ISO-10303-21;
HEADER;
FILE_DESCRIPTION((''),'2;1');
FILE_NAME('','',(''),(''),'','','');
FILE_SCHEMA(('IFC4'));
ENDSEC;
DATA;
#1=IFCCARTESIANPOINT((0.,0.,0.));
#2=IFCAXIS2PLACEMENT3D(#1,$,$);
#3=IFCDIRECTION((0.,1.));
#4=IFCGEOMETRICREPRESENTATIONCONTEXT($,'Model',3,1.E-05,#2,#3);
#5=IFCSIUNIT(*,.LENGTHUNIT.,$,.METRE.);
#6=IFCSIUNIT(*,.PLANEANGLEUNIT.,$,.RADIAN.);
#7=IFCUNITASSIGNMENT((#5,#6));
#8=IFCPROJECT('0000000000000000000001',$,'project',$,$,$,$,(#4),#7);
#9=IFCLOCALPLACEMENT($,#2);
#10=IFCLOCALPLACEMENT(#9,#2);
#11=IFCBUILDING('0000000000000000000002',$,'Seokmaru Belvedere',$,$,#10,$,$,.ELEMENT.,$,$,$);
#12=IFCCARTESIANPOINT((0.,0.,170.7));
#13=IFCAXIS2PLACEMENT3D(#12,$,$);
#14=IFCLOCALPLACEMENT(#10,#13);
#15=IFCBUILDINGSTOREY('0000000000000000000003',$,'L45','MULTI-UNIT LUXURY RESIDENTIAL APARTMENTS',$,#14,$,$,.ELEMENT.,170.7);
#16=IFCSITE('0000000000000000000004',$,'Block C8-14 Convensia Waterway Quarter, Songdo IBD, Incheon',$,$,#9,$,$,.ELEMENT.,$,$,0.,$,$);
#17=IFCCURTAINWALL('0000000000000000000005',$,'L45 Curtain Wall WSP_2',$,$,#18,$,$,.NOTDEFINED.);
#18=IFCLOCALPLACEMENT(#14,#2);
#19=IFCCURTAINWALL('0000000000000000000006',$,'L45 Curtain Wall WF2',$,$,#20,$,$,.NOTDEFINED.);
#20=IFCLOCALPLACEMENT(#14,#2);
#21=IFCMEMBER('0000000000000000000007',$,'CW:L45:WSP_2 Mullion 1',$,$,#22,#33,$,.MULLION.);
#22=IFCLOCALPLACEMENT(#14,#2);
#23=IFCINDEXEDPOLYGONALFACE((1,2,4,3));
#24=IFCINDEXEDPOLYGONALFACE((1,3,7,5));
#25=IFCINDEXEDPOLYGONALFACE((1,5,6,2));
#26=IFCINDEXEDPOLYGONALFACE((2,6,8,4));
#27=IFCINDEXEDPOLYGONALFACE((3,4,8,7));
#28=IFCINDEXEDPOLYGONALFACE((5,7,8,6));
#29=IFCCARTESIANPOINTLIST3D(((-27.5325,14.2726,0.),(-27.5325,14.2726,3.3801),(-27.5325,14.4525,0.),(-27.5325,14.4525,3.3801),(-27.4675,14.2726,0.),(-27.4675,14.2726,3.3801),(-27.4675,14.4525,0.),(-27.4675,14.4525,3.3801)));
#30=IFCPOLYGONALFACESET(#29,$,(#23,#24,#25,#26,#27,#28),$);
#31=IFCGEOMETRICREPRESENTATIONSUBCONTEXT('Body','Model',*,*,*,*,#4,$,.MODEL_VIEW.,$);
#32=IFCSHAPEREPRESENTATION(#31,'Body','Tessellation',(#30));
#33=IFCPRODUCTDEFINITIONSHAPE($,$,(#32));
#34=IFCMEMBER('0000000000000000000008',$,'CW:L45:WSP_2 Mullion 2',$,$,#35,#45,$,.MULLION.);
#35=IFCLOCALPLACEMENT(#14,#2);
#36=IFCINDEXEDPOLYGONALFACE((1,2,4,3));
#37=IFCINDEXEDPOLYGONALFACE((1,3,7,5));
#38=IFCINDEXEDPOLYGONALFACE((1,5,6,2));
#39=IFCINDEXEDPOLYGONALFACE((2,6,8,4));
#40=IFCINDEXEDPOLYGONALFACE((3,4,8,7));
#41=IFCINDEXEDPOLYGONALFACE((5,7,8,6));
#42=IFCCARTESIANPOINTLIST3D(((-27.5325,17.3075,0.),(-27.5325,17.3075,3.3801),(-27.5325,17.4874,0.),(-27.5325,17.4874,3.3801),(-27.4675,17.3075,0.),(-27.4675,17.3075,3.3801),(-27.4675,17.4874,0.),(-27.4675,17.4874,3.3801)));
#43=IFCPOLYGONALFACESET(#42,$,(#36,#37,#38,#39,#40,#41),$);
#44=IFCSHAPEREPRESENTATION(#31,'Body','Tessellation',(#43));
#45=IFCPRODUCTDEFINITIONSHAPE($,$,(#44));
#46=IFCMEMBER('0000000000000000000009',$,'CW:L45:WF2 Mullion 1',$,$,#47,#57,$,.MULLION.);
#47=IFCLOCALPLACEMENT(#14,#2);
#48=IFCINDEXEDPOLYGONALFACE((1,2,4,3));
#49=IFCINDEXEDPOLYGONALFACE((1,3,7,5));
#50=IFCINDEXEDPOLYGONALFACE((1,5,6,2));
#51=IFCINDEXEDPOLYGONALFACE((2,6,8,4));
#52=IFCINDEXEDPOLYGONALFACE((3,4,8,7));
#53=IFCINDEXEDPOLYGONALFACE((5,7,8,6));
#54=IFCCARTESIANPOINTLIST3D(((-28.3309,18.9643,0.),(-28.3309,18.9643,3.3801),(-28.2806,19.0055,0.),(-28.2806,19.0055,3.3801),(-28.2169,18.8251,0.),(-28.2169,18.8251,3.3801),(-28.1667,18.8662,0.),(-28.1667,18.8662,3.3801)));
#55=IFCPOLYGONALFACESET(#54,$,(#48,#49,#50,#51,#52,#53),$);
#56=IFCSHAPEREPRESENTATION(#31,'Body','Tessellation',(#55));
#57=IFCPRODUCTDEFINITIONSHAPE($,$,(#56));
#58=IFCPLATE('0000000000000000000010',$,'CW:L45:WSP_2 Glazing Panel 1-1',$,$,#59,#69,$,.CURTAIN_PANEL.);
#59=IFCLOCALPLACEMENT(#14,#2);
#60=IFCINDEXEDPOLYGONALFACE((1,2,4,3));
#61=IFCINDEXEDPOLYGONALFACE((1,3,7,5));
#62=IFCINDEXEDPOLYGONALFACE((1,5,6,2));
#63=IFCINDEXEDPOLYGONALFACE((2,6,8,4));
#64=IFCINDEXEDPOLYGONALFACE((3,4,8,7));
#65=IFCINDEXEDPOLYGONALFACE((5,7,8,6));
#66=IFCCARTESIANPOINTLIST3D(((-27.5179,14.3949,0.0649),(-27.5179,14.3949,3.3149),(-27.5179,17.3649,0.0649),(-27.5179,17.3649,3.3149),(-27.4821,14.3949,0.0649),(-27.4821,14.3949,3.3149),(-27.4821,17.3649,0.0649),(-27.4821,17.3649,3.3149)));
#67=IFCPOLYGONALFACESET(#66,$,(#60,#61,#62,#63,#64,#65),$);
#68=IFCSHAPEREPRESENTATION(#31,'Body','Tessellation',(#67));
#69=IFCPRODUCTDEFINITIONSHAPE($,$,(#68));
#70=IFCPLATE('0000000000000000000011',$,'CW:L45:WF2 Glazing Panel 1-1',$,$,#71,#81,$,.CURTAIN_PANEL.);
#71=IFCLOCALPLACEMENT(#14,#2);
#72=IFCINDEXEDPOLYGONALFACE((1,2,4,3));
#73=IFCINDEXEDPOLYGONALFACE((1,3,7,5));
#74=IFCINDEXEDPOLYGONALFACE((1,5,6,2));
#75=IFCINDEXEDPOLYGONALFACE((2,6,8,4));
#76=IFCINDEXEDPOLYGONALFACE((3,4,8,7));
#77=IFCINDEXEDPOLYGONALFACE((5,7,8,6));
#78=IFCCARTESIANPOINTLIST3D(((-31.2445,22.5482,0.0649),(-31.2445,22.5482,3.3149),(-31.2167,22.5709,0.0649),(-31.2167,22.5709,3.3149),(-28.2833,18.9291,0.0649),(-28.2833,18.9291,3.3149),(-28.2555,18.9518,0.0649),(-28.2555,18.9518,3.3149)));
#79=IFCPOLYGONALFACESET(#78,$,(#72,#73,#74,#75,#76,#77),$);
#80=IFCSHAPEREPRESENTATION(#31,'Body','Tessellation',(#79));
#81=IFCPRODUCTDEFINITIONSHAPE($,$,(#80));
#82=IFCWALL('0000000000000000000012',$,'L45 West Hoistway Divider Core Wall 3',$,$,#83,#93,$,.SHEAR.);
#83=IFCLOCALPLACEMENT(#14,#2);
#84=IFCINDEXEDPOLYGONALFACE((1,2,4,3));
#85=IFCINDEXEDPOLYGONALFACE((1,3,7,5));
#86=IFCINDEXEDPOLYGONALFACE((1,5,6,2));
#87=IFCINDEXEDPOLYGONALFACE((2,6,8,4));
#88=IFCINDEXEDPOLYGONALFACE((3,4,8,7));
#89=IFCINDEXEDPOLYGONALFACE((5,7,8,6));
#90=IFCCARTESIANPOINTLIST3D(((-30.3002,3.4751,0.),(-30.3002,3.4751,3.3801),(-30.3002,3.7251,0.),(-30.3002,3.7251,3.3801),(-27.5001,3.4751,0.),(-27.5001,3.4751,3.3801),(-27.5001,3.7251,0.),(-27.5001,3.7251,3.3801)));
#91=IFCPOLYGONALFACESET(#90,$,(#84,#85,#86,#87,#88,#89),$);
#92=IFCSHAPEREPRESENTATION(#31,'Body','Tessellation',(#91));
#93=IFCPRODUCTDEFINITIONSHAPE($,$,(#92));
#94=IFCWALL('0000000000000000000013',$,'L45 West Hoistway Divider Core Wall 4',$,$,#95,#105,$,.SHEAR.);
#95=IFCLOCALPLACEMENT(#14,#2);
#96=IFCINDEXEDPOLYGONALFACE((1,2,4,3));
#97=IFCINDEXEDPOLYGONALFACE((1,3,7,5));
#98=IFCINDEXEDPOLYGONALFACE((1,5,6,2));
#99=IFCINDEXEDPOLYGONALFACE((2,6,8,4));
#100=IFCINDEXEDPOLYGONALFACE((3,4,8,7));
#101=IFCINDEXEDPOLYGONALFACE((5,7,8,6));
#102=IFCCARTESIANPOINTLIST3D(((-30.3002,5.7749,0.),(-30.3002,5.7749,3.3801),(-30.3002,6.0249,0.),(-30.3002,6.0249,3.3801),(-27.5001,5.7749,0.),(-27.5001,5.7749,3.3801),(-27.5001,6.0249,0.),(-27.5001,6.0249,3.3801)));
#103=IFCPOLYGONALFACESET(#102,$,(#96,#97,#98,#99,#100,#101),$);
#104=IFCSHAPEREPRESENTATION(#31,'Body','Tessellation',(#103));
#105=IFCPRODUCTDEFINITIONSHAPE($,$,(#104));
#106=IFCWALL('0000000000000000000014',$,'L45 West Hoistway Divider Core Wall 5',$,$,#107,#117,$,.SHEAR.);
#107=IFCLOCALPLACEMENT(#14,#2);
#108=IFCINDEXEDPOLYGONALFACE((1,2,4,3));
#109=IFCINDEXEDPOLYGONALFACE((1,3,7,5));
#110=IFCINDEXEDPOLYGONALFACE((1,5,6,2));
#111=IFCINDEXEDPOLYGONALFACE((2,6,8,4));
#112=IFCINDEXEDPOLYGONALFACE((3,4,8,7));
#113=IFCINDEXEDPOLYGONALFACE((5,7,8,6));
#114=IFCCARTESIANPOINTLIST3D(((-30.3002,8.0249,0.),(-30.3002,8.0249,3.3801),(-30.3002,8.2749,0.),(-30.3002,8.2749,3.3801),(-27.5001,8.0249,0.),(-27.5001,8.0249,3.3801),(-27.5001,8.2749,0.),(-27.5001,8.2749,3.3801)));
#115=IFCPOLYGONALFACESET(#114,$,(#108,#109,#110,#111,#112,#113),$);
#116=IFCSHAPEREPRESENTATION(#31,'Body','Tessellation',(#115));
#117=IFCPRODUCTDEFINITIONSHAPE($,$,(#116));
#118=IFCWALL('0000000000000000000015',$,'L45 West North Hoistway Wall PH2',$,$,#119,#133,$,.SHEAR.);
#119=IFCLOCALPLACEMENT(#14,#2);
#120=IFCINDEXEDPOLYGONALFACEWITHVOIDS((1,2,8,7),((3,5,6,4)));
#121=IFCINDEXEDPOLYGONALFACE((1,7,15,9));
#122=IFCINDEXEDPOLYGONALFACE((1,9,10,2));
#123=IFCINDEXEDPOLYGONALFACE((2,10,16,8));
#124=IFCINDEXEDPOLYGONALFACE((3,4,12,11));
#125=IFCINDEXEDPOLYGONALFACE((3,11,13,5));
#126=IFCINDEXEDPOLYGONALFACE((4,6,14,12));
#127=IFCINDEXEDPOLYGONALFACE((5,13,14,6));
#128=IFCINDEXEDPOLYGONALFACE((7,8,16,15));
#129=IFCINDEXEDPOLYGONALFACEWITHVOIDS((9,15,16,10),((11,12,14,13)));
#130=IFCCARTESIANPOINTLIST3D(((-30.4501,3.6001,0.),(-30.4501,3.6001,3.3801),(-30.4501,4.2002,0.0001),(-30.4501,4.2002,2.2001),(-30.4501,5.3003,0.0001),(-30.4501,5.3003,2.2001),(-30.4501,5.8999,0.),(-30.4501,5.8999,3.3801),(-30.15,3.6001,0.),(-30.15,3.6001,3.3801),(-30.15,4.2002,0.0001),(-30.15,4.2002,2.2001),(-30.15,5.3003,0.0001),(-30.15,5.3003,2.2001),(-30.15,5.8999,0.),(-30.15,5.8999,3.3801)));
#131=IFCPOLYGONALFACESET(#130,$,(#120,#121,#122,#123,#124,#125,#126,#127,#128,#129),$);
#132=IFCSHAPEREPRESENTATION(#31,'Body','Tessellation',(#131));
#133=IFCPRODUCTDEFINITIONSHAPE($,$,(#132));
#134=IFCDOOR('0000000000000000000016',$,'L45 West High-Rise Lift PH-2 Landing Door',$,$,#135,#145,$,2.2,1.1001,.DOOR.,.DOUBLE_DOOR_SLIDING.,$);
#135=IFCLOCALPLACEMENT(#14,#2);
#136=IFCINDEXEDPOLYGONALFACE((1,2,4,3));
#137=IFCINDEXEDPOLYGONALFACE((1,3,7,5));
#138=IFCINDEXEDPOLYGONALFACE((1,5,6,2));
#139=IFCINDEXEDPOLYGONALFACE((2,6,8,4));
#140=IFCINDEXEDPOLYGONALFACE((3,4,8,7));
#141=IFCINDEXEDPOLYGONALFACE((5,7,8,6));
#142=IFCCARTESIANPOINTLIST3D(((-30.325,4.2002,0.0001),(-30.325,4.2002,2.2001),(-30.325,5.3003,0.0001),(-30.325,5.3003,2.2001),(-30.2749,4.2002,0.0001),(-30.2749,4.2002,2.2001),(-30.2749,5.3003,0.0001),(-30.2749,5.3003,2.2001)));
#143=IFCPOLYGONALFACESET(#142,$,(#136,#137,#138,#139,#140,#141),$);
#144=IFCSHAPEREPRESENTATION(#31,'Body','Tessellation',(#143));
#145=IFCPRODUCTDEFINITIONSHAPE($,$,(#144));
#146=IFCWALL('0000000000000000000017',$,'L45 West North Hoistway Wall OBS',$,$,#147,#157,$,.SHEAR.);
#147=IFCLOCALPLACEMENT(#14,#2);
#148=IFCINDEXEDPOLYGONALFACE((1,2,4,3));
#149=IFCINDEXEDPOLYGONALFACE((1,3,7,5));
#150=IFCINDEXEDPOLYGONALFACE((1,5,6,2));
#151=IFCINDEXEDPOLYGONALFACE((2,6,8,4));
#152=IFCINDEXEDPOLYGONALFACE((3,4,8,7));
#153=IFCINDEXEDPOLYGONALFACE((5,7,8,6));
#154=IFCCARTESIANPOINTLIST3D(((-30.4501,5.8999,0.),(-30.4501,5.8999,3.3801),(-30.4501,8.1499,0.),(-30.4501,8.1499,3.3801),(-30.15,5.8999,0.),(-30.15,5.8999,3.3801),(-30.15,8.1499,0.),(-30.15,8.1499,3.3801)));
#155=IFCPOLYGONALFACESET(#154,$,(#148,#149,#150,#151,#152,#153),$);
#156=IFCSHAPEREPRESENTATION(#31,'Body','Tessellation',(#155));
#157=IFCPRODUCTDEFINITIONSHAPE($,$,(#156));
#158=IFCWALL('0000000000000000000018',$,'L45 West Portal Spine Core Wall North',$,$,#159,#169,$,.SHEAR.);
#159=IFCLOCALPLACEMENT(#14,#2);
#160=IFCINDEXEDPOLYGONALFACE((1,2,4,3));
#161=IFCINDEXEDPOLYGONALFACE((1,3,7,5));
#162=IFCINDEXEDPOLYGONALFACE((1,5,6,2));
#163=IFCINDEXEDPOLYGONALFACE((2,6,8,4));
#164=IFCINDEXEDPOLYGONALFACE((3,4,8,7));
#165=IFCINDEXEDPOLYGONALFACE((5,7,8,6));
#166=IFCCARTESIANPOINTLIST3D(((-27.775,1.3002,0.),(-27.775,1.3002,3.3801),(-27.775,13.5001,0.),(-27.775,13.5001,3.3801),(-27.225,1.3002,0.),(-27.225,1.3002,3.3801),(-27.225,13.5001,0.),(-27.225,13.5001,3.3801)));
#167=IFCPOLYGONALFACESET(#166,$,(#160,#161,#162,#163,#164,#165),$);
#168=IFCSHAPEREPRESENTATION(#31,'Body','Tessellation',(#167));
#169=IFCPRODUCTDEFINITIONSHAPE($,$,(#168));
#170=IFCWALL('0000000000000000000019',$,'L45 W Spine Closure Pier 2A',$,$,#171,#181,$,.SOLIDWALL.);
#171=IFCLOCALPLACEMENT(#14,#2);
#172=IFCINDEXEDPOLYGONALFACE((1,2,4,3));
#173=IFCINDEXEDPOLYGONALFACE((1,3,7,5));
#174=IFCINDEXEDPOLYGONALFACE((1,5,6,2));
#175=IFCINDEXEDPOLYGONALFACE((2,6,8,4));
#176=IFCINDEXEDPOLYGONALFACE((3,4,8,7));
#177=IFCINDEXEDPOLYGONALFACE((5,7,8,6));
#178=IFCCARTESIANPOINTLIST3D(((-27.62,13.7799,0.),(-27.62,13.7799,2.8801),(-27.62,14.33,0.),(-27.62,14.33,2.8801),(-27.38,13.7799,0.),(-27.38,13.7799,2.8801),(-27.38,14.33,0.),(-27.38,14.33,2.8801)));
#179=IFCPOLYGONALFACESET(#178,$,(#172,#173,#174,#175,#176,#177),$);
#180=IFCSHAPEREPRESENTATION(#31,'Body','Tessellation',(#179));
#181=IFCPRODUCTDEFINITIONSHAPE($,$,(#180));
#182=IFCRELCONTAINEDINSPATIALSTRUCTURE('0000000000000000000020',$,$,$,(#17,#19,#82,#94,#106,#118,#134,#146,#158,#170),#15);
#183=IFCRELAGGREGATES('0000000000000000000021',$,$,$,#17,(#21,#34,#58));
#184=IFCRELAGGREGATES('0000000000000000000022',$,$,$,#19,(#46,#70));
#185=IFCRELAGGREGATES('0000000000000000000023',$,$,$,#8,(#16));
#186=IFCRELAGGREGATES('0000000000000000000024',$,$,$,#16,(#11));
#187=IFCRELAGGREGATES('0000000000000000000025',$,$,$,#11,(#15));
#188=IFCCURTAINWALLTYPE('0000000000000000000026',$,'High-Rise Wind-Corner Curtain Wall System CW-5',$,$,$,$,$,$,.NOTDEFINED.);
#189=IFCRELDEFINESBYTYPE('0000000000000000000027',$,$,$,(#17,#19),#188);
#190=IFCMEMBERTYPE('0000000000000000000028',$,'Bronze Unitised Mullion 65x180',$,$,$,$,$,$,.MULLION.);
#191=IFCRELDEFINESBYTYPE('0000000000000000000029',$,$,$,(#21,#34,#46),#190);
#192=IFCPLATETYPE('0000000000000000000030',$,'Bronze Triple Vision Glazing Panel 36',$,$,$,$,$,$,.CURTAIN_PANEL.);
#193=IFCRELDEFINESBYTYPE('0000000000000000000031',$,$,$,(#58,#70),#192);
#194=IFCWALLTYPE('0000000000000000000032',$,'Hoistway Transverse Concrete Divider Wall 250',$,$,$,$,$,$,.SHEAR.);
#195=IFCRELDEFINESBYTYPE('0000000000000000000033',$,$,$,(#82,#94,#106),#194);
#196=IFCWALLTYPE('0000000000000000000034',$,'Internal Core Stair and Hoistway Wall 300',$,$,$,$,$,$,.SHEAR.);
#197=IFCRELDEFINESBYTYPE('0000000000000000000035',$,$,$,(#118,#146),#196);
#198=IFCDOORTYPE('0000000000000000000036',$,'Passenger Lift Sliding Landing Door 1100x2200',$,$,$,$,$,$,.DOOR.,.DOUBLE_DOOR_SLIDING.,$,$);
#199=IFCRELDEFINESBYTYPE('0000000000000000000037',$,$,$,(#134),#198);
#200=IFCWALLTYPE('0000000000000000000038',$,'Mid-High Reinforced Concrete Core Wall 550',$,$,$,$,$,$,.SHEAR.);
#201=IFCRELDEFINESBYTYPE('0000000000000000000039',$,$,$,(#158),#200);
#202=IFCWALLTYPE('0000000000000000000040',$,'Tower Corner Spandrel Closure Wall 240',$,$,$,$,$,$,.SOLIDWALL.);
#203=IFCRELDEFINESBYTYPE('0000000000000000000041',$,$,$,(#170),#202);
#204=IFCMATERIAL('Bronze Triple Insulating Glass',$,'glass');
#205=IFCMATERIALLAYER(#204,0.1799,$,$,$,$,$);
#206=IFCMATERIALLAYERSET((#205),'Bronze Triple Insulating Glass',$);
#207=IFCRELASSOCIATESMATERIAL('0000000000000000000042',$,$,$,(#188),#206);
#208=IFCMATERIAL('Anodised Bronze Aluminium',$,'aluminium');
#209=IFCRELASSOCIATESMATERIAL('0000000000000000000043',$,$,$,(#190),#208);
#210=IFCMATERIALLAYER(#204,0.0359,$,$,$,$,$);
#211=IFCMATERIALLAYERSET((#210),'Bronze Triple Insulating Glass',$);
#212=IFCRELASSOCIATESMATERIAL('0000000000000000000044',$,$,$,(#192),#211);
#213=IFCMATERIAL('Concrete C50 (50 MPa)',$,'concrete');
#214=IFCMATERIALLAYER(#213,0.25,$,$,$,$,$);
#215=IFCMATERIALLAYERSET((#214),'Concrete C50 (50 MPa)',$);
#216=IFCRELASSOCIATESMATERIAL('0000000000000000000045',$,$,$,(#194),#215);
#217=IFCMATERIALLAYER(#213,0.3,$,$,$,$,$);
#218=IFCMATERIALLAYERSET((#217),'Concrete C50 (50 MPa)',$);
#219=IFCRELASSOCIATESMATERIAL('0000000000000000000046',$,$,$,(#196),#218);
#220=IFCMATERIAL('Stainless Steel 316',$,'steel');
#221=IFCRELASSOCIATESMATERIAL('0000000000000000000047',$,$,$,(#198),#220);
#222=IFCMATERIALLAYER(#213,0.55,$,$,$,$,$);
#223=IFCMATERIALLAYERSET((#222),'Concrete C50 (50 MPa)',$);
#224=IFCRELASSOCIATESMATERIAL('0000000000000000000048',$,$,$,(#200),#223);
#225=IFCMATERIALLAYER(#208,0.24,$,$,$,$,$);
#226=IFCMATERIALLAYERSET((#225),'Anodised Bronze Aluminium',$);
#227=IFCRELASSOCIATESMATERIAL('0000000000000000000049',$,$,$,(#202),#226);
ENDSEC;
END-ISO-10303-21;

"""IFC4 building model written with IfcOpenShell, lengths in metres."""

from ifc_helpers import new_model, si_unit, direction, frame, frame_2d, origin, origin_2d, place, context, subcontext, project, spatial, rectangle, extrude, source, transform, mapped, material, layer, layer_set, material_profile, profile_set, type_object, type_shapes, element, fill, aggregate, save


model = new_model("IFC4")

# Units and contexts
model_context = context("Model", 3, precision=1e-05, world=origin(), true_north=direction((0.0, 1.0)))
body_context = subcontext(model_context, "Body", "Model", "MODEL_VIEW")
ifc_project = project(units=[si_unit("LENGTHUNIT", "METRE"), si_unit("PLANEANGLEUNIT", "RADIAN")], contexts=[model_context])

# Site, building, storey
site_placement = place(None, origin())
site = spatial("IfcSite", under=ifc_project, at=site_placement, Name="Block C8-14 Convensia Waterway Quarter, Songdo IBD, Incheon", CompositionType="ELEMENT", RefElevation=0.0)
building_placement = place(site_placement, origin())
building = spatial("IfcBuilding", under=site, at=building_placement, Name="Seokmaru Belvedere", CompositionType="ELEMENT")
storey_placement = place(building_placement, frame((0.0, 0.0, 170.7)))
storey = spatial("IfcBuildingStorey", under=building, at=storey_placement, Name="L45", Description="MULTI-UNIT LUXURY RESIDENTIAL APARTMENTS", CompositionType="ELEMENT", Elevation=170.7)

# Curtain walls
ifc_material_1 = material(Name="Bronze Triple Insulating Glass", Category="glass")
ifc_layer_1 = layer(ifc_material_1, 0.1799)
ifc_layer_set_1 = layer_set([ifc_layer_1], Name="Bronze Triple Insulating Glass")
curtain_wall_type = type_object("IfcCurtainWallType", Name="High-Rise Wind-Corner Curtain Wall System CW-5", PredefinedType="NOTDEFINED", material=ifc_layer_set_1)
curtain_wall_1_placement = place(storey_placement, origin())
curtain_wall_1 = element("IfcCurtainWall", 1, at=curtain_wall_1_placement, inside=storey, type_object=curtain_wall_type, Name="L45 Curtain Wall WSP_2", PredefinedType="NOTDEFINED")
ifc_material_2 = material(Name="Anodised Bronze Aluminium", Category="aluminium")
curtain_wall_2_placement = place(storey_placement, origin())
curtain_wall_2 = element("IfcCurtainWall", 2, at=curtain_wall_2_placement, inside=storey, type_object=curtain_wall_type, Name="L45 Curtain Wall WF2", PredefinedType="NOTDEFINED")

# Members
ifc_material_profile_1 = material_profile(ifc_material_2, rectangle(XDim=0.0649, YDim=0.1799, at=origin_2d()), Name="CW-M-65x180")
ifc_profile_set_1 = profile_set([ifc_material_profile_1], Name="Anodised Bronze Aluminium")
member_type_1 = type_object("IfcMemberType", Name="Bronze Unitised Mullion 65x180", PredefinedType="MULLION", material=ifc_profile_set_1)
shared_shape_1 = source(origin(), body_context, "Body", "SweptSolid", [
    extrude(rectangle(XDim=0.0649, YDim=0.1799, at=origin_2d()), origin(), (0.0, 0.0, 1.0), 3.3801),
])
type_shapes(member_type_1, [shared_shape_1])
member_1_placement = place(storey_placement, frame((-27.5, 14.3625, 0.0), z_axis=(0.0, 0.0, 1.0), x_axis=(-1.0, 0.0, 0.0)))
member_1 = element("IfcMember", 3, at=member_1_placement, type_object=member_type_1, Name="CW:L45:WSP_2 Mullion 1", PredefinedType="MULLION", context=body_context, shape_type="MappedRepresentation", body=[
    mapped(shared_shape_1, transform((0.0, 0.0, 0.0), scale=1.0)),
])
member_2_placement = place(storey_placement, frame((-27.5, 17.3975, 0.0), z_axis=(0.0, 0.0, 1.0), x_axis=(-1.0, 0.0, 0.0)))
member_2 = element("IfcMember", 4, at=member_2_placement, type_object=member_type_1, Name="CW:L45:WSP_2 Mullion 2", PredefinedType="MULLION", context=body_context, shape_type="MappedRepresentation", body=[
    mapped(shared_shape_1, transform((0.0, 0.0, 0.0), scale=1.0)),
])
member_3_placement = place(storey_placement, frame((-28.2488, 18.9153, 0.0), z_axis=(0.0, 0.0, 1.0), x_axis=(-0.773944, -0.633254, 0.0)))
member_3 = element("IfcMember", 5, at=member_3_placement, type_object=member_type_1, Name="CW:L45:WF2 Mullion 1", PredefinedType="MULLION", context=body_context, shape_type="MappedRepresentation", body=[
    mapped(shared_shape_1, transform((0.0, 0.0, 0.0), scale=1.0)),
])

# Plates
ifc_layer_2 = layer(ifc_material_1, 0.0359)
ifc_layer_set_2 = layer_set([ifc_layer_2], Name="Bronze Triple Insulating Glass")
plate_type = type_object("IfcPlateType", Name="Bronze Triple Vision Glazing Panel 36", PredefinedType="CURTAIN_PANEL", material=ifc_layer_set_2)
shared_shape_2 = source(origin(), body_context, "Body", "SweptSolid", [
    extrude(rectangle(XDim=2.97, YDim=0.0359, at=origin_2d()), origin(), (0.0, 0.0, 1.0), 3.25),
])
plate_1_placement = place(storey_placement, frame((-27.5, 15.8799, 0.0649), z_axis=(0.0, 0.0, 1.0), x_axis=(0.0, 1.0, 0.0)))
plate_1 = element("IfcPlate", 6, at=plate_1_placement, type_object=plate_type, Name="CW:L45:WSP_2 Glazing Panel 1-1", PredefinedType="CURTAIN_PANEL", context=body_context, shape_type="MappedRepresentation", body=[
    mapped(shared_shape_2, transform((0.0, 0.0, 0.0), scale=1.0)),
])
aggregate(curtain_wall_1, [member_1, member_2, plate_1])
shared_shape_3 = source(origin(), body_context, "Body", "SweptSolid", [
    extrude(rectangle(XDim=4.6763, YDim=0.0359, at=origin_2d()), origin(), (0.0, 0.0, 1.0), 3.25),
])
type_shapes(plate_type, [shared_shape_2, shared_shape_3])
plate_2_placement = place(storey_placement, frame((-29.75, 20.75, 0.0649), z_axis=(0.0, 0.0, 1.0), x_axis=(-0.633254, 0.773944, 0.0)))
plate_2 = element("IfcPlate", 7, at=plate_2_placement, type_object=plate_type, Name="CW:L45:WF2 Glazing Panel 1-1", PredefinedType="CURTAIN_PANEL", context=body_context, shape_type="MappedRepresentation", body=[
    mapped(shared_shape_3, transform((0.0, 0.0, 0.0), scale=1.0)),
])
aggregate(curtain_wall_2, [member_3, plate_2])

# Walls
ifc_material_3 = material(Name="Concrete C50 (50 MPa)", Category="concrete")
ifc_layer_3 = layer(ifc_material_3, 0.25)
ifc_layer_set_3 = layer_set([ifc_layer_3], Name="Concrete C50 (50 MPa)")
wall_type_1 = type_object("IfcWallType", Name="Hoistway Transverse Concrete Divider Wall 250", PredefinedType="SHEAR", material=ifc_layer_set_3)
for number, where, z_axis, x_axis, name in (
    (8, (-30.3, 3.6001, 0.0), (0.0, 0.0, 1.0), (1.0, 0.0, 0.0), "L45 West Hoistway Divider Core Wall 3"),
    (9, (-30.3, 5.8999, 0.0), (0.0, 0.0, 1.0), (1.0, 0.0, 0.0), "L45 West Hoistway Divider Core Wall 4"),
    (10, (-30.3, 8.1499, 0.0), (0.0, 0.0, 1.0), (1.0, 0.0, 0.0), "L45 West Hoistway Divider Core Wall 5"),
):
    element("IfcWall", number, at=place(storey_placement, frame(where, z_axis=z_axis, x_axis=x_axis)), inside=storey, type_object=wall_type_1, Name=name, PredefinedType="SHEAR", context=body_context, shape_type="SweptSolid", body=[
        extrude(rectangle(XDim=2.8, YDim=0.25, at=frame_2d((1.3999, 0.0))), origin(), (0.0, 0.0, 1.0), 3.3801),
    ])

# Wall, opening, door
ifc_layer_4 = layer(ifc_material_3, 0.3)
ifc_layer_set_4 = layer_set([ifc_layer_4], Name="Concrete C50 (50 MPa)")
wall_type_2 = type_object("IfcWallType", Name="Internal Core Stair and Hoistway Wall 300", PredefinedType="SHEAR", material=ifc_layer_set_4)
wall_1_placement = place(storey_placement, frame((-30.3, 3.6001, 0.0), z_axis=(0.0, 0.0, 1.0), x_axis=(0.0, 1.0, 0.0)))
wall_1 = element("IfcWall", 11, at=wall_1_placement, inside=storey, type_object=wall_type_2, Name="L45 West North Hoistway Wall PH2", PredefinedType="SHEAR", context=body_context, shape_type="SweptSolid", body=[
    extrude(rectangle(XDim=2.2998, YDim=0.3, at=frame_2d((1.1499, 0.0))), origin(), (0.0, 0.0, 1.0), 3.3801),
])
opening_1_placement = place(wall_1_placement, frame((0.6001, 0.0, 0.0)))
opening_1 = element("IfcOpeningElement", 12, at=opening_1_placement, cuts=wall_1, PredefinedType="OPENING", context=body_context, shape_type="SweptSolid", body=[
    extrude(rectangle(XDim=1.1001, YDim=2.2, at=frame_2d((0.55, 1.1001))), frame((0.0, 0.1602, 0.0), z_axis=(0.0, -1.0, 0.0), x_axis=(1.0, 0.0, 0.0)), (0.0, 0.0, 1.0), 0.3201),
])
ifc_material_4 = material(Name="Stainless Steel 316", Category="steel")
door_type_1 = type_object("IfcDoorType", Name="Passenger Lift Sliding Landing Door 1100x2200", OperationType="DOUBLE_DOOR_SLIDING", PredefinedType="DOOR", material=ifc_material_4)
shared_shape_4 = source(origin(), body_context, "Body", "SweptSolid", [
    extrude(rectangle(XDim=1.1001, YDim=2.2, at=frame_2d((0.55, 1.1001))), frame((0.0, 0.0249, 0.0), z_axis=(0.0, -1.0, 0.0), x_axis=(1.0, 0.0, 0.0)), (0.0, 0.0, 1.0), 0.05),
])
type_shapes(door_type_1, [shared_shape_4])
door_1_placement = place(opening_1_placement, origin())
door_1 = element("IfcDoor", 13, at=door_1_placement, inside=storey, type_object=door_type_1, Name="L45 West High-Rise Lift PH-2 Landing Door", OperationType="DOUBLE_DOOR_SLIDING", OverallHeight=2.2, OverallWidth=1.1001, PredefinedType="DOOR", context=body_context, shape_type="MappedRepresentation", body=[
    mapped(shared_shape_4, transform((0.0, 0.0, 0.0), scale=1.0)),
])
fill(opening_1, door_1)

# Wall
wall_2_placement = place(storey_placement, frame((-30.3, 5.8999, 0.0), z_axis=(0.0, 0.0, 1.0), x_axis=(0.0, 1.0, 0.0)))
element("IfcWall", 14, at=wall_2_placement, inside=storey, type_object=wall_type_2, Name="L45 West North Hoistway Wall OBS", PredefinedType="SHEAR", context=body_context, shape_type="SweptSolid", body=[
    extrude(rectangle(XDim=2.25, YDim=0.3, at=frame_2d((1.125, 0.0))), origin(), (0.0, 0.0, 1.0), 3.3801),
])

# Walls
ifc_layer_5 = layer(ifc_material_3, 0.55)
ifc_layer_set_5 = layer_set([ifc_layer_5], Name="Concrete C50 (50 MPa)")
wall_type_3 = type_object("IfcWallType", Name="Mid-High Reinforced Concrete Core Wall 550", PredefinedType="SHEAR", material=ifc_layer_set_5)
wall_3_placement = place(storey_placement, frame((-27.5, 1.3, 0.0), z_axis=(0.0, 0.0, 1.0), x_axis=(0.0, 1.0, 0.0)))
element("IfcWall", 15, at=wall_3_placement, inside=storey, type_object=wall_type_3, Name="L45 West Portal Spine Core Wall North", PredefinedType="SHEAR", context=body_context, shape_type="SweptSolid", body=[
    extrude(rectangle(XDim=12.2, YDim=0.55, at=frame_2d((6.1001, 0.0))), origin(), (0.0, 0.0, 1.0), 3.3801),
])
ifc_layer_6 = layer(ifc_material_2, 0.24)
ifc_layer_set_6 = layer_set([ifc_layer_6], Name="Anodised Bronze Aluminium")
wall_type_4 = type_object("IfcWallType", Name="Tower Corner Spandrel Closure Wall 240", PredefinedType="SOLIDWALL", material=ifc_layer_set_6)
wall_4_placement = place(storey_placement, frame((-27.5, 13.78, 0.0), z_axis=(0.0, 0.0, 1.0), x_axis=(0.0, 1.0, 0.0)))
element("IfcWall", 16, at=wall_4_placement, inside=storey, type_object=wall_type_4, Name="L45 W Spine Closure Pier 2A", PredefinedType="SOLIDWALL", context=body_context, shape_type="SweptSolid", body=[
    extrude(rectangle(XDim=0.55, YDim=0.24, at=frame_2d((0.2749, 0.0))), origin(), (0.0, 0.0, 1.0), 2.8801),
])

save(model, "model.ifc")
